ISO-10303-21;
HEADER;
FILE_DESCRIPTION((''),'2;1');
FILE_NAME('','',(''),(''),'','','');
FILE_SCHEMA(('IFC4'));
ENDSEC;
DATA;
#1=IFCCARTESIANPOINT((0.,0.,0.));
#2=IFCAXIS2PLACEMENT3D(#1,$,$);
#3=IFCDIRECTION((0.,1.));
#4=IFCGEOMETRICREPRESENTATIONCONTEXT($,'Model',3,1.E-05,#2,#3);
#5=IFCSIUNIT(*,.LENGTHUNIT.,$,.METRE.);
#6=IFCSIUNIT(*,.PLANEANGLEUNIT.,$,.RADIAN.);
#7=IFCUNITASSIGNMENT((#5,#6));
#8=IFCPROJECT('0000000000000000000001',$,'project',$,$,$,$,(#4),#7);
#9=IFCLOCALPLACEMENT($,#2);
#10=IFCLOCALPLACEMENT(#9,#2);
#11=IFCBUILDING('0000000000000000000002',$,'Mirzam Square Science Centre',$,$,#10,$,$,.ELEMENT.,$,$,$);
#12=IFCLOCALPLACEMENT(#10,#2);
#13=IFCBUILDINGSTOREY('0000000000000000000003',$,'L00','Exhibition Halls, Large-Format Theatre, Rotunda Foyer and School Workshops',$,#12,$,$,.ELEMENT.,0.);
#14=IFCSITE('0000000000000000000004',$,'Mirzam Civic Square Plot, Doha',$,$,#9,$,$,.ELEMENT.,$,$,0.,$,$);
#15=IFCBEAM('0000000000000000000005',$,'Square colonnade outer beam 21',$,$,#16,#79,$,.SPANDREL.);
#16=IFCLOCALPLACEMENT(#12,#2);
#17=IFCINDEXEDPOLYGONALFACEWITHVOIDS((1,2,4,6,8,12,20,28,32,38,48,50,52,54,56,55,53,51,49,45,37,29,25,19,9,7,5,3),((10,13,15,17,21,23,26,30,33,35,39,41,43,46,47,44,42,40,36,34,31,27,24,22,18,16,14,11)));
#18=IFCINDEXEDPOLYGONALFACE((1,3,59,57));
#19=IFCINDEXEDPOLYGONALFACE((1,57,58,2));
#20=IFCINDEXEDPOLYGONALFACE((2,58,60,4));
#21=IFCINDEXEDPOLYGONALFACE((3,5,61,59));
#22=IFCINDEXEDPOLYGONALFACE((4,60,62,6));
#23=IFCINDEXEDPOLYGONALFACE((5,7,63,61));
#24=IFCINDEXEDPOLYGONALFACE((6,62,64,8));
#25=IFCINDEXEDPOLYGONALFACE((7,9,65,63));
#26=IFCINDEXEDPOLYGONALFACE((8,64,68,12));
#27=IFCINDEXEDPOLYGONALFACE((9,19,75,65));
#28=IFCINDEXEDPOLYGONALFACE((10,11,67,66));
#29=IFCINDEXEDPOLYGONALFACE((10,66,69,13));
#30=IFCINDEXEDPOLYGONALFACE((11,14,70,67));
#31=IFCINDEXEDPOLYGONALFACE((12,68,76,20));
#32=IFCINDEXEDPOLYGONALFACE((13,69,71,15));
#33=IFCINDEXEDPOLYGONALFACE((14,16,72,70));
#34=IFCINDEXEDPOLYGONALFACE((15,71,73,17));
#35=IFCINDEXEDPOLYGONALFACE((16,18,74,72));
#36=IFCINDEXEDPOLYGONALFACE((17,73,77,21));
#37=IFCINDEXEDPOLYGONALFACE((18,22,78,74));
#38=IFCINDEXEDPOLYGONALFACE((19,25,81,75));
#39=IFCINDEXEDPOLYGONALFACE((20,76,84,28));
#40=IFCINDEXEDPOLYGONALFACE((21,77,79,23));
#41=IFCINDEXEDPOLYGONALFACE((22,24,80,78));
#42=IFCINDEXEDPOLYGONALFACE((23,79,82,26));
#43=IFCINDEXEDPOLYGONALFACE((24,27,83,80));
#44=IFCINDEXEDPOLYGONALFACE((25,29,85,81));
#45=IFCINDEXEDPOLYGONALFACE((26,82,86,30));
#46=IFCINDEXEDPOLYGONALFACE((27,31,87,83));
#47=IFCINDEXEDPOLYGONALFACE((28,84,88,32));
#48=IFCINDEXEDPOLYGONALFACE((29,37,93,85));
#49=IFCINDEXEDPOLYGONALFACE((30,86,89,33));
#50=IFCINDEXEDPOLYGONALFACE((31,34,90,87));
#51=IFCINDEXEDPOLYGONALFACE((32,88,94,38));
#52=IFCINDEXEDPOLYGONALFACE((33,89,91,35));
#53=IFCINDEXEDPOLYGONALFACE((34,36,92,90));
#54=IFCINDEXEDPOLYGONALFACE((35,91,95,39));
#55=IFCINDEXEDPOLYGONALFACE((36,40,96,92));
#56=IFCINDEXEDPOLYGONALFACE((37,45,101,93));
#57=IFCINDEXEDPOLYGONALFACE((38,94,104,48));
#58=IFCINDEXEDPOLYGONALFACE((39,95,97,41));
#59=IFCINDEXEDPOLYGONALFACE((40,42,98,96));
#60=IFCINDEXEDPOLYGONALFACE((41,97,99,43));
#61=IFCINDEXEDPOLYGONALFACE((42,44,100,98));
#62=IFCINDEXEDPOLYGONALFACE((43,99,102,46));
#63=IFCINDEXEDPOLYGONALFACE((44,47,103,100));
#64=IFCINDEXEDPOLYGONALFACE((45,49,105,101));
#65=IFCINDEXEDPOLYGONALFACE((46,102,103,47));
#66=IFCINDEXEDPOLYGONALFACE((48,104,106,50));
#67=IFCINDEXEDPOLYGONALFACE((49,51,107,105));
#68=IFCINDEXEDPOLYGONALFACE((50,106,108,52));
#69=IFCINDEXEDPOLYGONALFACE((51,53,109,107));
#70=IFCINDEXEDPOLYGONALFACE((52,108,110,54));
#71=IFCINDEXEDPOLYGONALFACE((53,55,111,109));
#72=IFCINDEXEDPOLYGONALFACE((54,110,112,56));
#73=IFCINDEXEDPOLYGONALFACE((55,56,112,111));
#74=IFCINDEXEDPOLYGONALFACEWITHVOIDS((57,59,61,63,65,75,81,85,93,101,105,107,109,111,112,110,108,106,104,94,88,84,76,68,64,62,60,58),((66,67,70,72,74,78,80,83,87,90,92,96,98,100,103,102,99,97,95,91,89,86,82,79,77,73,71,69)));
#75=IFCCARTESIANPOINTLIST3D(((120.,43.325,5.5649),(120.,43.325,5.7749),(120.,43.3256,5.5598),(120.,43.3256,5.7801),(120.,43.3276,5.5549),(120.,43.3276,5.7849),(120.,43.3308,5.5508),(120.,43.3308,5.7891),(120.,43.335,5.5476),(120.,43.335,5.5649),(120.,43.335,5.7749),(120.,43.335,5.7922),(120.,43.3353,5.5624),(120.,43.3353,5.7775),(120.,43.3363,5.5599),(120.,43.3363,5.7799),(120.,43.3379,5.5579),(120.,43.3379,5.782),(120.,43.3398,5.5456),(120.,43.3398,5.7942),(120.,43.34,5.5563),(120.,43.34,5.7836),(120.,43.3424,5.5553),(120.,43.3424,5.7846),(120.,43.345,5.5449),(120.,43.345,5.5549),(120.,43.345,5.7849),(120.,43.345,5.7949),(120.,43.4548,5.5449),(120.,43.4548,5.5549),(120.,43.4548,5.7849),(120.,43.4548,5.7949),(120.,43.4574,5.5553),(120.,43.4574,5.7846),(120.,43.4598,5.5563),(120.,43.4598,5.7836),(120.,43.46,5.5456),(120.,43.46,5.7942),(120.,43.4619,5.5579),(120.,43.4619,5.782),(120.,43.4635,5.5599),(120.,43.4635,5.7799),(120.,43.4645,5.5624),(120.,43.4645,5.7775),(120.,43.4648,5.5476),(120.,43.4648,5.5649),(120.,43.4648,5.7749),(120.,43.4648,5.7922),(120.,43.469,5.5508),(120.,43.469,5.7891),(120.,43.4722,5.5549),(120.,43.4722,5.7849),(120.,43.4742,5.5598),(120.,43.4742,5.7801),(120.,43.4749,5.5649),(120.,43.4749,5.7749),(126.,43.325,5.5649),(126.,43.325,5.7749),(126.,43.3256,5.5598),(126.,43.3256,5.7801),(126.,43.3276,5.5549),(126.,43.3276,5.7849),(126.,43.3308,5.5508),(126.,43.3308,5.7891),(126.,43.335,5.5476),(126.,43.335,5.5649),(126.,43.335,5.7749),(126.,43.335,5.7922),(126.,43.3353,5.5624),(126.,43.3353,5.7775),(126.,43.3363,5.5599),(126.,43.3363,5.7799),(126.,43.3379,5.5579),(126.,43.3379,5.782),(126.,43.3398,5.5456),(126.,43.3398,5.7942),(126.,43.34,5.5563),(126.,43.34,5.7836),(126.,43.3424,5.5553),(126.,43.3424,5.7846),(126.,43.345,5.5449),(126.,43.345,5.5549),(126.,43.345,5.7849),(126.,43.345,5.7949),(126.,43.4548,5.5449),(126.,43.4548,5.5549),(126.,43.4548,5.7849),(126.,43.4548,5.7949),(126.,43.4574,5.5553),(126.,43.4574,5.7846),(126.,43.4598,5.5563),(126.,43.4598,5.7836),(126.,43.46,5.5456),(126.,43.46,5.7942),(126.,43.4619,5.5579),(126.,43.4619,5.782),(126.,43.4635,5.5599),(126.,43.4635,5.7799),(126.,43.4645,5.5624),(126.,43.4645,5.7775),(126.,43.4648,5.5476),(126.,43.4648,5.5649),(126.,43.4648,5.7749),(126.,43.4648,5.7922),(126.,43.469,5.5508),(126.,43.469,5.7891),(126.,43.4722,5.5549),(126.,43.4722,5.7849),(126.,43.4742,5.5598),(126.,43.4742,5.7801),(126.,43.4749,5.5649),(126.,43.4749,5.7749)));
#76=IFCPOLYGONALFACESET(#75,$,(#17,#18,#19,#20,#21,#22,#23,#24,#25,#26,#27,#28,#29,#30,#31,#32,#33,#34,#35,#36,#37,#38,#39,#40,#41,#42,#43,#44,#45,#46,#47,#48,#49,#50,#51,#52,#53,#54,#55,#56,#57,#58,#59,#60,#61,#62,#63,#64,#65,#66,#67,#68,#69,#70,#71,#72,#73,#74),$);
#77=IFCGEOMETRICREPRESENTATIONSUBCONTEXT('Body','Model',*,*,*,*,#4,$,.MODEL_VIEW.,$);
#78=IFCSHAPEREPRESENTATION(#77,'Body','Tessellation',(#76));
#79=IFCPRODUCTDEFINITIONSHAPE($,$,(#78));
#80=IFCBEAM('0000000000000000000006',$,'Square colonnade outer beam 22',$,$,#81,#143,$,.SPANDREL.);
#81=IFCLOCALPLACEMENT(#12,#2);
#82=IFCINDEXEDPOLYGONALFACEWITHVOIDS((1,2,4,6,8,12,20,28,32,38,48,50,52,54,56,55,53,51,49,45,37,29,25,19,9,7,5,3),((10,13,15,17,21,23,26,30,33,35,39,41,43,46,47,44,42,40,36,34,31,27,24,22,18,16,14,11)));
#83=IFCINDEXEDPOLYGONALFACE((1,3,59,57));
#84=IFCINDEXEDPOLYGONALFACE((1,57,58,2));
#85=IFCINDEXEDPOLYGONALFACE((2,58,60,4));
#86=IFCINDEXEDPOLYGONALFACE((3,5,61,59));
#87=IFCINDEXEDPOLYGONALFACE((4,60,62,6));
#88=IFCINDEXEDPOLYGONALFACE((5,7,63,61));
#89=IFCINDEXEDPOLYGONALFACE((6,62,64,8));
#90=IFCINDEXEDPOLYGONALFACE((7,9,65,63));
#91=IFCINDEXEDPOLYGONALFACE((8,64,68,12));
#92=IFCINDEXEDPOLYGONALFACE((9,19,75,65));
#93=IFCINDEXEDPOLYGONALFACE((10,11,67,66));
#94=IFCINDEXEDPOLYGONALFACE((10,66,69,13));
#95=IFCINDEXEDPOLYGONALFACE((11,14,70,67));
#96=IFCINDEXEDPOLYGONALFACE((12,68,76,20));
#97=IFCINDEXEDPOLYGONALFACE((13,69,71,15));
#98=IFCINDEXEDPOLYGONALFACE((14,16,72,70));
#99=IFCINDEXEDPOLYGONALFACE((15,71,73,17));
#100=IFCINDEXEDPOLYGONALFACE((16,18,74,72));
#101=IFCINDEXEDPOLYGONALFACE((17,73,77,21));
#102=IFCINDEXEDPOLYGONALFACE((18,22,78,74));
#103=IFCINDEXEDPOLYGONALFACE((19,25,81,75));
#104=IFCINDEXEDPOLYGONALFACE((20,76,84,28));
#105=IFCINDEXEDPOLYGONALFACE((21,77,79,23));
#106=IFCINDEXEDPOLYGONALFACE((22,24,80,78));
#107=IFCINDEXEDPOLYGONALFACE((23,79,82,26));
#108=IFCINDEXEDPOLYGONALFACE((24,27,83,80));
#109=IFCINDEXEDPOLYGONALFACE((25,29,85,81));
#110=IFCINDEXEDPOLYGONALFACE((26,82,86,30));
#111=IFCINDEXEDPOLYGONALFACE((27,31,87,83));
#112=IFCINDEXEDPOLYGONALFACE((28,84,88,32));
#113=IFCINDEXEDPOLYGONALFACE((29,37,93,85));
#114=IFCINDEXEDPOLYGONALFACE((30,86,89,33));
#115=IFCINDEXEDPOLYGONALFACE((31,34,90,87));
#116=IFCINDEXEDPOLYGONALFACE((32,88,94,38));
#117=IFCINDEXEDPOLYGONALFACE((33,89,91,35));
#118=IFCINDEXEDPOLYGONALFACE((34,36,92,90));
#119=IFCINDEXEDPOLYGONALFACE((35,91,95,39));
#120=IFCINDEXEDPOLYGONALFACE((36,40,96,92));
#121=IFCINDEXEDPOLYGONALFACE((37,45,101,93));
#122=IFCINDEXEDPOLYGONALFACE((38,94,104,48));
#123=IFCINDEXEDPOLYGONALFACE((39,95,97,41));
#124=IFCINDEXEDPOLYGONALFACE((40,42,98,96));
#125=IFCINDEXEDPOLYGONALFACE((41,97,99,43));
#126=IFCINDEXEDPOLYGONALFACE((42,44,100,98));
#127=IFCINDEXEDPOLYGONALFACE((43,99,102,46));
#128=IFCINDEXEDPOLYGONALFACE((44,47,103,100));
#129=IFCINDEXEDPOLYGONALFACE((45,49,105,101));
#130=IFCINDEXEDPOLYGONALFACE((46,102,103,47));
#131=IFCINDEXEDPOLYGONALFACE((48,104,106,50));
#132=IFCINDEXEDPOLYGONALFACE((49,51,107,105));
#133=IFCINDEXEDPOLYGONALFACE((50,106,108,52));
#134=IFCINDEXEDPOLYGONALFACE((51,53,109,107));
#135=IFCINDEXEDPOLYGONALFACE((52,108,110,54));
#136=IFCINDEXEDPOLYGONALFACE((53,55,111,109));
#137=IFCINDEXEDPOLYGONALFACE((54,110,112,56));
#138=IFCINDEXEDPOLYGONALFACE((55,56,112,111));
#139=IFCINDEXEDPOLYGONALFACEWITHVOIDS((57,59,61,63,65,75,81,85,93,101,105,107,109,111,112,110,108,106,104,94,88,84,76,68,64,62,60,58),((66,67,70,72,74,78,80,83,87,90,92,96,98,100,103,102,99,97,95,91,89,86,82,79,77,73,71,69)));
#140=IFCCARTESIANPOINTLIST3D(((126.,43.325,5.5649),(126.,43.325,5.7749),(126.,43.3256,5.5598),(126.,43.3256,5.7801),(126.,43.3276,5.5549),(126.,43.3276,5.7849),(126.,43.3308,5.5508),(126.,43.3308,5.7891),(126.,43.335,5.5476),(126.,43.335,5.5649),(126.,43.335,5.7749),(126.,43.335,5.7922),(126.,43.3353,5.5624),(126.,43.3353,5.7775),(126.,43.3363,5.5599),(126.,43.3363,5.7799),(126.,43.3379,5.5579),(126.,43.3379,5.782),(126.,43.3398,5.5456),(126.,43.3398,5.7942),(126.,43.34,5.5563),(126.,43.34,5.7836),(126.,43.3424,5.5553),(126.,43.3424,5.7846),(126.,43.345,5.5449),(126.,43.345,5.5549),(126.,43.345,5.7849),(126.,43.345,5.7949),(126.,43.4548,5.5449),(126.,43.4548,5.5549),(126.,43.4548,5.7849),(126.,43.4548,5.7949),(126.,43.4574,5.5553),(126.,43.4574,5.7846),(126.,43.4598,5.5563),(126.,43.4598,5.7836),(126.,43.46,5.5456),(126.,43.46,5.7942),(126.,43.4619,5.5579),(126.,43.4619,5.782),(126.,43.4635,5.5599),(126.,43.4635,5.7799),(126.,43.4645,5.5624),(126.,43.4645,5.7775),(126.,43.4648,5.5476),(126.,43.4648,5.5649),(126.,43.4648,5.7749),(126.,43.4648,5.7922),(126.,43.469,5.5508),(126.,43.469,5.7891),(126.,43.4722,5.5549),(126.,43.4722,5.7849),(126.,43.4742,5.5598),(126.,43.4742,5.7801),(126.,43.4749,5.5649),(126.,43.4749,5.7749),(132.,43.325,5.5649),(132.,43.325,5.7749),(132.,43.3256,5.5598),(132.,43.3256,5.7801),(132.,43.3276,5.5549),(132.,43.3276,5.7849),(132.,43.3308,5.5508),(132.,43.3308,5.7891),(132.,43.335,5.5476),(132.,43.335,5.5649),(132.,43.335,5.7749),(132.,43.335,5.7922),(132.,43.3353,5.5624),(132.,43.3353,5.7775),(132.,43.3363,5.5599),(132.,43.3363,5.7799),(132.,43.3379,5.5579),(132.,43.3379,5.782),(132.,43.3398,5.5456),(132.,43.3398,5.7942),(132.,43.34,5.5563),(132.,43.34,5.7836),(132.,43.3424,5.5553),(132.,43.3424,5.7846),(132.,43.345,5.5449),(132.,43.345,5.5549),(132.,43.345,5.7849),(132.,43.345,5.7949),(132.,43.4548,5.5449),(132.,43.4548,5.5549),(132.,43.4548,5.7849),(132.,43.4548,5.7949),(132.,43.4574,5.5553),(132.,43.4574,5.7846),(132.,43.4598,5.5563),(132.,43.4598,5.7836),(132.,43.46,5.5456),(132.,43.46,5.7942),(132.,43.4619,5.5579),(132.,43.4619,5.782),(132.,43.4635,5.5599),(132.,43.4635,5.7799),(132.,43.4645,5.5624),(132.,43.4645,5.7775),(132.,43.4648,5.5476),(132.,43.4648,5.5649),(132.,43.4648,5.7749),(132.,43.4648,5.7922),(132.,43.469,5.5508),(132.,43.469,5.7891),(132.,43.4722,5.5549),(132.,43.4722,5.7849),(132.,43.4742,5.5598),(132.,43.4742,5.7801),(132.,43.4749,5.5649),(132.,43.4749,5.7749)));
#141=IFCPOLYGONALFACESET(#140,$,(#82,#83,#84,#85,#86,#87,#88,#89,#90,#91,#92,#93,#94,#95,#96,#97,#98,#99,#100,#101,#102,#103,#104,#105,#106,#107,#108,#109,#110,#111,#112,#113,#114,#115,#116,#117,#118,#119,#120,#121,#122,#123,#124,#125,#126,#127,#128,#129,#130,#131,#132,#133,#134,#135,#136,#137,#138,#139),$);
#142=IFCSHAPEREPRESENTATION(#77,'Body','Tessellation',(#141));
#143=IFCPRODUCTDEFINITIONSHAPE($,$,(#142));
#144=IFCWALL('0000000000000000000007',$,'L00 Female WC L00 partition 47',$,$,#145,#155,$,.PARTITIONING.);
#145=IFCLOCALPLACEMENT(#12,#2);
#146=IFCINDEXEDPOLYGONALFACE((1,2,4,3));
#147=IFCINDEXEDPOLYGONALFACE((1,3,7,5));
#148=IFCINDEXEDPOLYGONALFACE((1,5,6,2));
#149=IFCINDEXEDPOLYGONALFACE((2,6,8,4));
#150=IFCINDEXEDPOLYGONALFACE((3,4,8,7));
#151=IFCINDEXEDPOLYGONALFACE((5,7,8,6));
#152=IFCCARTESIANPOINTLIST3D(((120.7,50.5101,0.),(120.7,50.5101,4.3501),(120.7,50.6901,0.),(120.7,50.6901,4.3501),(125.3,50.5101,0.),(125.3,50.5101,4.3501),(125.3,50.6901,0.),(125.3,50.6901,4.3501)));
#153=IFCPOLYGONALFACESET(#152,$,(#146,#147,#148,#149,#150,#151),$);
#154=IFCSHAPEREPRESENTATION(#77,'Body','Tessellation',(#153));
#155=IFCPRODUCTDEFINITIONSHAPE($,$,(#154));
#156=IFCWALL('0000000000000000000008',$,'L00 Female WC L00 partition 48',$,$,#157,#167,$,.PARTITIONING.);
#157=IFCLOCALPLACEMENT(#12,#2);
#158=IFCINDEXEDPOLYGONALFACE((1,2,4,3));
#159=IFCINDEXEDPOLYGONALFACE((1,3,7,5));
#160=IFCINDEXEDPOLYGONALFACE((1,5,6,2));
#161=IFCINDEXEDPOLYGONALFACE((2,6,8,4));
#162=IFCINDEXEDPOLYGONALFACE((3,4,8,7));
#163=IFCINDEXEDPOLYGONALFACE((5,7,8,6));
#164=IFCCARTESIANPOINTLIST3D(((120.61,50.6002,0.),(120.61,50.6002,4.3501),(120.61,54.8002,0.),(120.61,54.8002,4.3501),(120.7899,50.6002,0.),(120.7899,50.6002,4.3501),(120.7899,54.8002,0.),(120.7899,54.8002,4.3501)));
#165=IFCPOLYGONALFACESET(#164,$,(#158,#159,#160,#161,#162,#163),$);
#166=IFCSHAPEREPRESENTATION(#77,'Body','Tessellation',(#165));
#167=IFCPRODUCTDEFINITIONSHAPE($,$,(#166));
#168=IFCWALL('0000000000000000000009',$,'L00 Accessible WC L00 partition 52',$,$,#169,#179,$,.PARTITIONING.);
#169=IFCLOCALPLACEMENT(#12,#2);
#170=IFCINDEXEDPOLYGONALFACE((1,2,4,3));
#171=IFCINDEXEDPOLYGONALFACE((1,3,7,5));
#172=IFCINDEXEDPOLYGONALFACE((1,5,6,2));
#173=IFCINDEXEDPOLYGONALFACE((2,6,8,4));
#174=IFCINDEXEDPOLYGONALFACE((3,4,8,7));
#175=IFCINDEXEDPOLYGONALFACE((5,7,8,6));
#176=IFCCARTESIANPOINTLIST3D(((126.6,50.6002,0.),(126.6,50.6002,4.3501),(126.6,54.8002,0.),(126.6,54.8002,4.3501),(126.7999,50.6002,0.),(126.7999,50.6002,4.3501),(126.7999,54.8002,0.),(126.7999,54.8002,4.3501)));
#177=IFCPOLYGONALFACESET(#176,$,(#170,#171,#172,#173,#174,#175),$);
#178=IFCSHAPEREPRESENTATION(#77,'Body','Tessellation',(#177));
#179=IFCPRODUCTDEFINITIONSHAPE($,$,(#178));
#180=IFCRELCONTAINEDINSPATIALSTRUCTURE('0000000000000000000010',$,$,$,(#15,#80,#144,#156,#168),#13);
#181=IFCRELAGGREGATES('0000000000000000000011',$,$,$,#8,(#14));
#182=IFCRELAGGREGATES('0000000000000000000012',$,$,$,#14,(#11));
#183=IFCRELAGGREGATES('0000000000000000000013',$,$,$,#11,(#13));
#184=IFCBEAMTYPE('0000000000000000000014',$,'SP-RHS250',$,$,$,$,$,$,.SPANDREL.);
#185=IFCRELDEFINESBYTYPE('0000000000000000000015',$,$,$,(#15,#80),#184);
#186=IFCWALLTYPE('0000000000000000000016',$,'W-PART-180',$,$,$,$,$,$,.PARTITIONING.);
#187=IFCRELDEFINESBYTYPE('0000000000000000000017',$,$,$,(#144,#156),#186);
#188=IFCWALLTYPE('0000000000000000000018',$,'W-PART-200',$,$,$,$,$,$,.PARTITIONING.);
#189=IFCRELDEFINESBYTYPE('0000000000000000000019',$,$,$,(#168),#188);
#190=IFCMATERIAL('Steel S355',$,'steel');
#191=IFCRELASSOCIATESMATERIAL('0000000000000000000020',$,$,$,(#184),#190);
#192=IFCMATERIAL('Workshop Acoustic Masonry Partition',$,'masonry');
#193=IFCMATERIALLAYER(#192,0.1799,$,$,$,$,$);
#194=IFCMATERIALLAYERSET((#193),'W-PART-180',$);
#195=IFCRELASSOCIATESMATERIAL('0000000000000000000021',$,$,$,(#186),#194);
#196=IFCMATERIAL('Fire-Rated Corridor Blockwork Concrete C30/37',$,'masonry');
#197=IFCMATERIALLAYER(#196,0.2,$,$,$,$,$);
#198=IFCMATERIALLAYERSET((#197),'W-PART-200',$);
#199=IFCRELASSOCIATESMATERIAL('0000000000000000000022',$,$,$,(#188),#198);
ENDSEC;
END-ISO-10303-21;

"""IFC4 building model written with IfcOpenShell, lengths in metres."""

from ifc_helpers import new_model, si_unit, direction, frame, frame_2d, origin, origin_2d, place, context, subcontext, project, spatial, rectangle, hollow_rectangle, extrude, material, layer, layer_set, material_profile, profile_set, type_object, element, save


model = new_model("IFC4")

# Units and contexts
model_context = context("Model", 3, precision=1e-05, world=origin(), true_north=direction((0.0, 1.0)))
body_context = subcontext(model_context, "Body", "Model", "MODEL_VIEW")
ifc_project = project(units=[si_unit("LENGTHUNIT", "METRE"), si_unit("PLANEANGLEUNIT", "RADIAN")], contexts=[model_context])

# Site, building, storey
site_placement = place(None, origin())
site = spatial("IfcSite", under=ifc_project, at=site_placement, Name="Mirzam Civic Square Plot, Doha", CompositionType="ELEMENT", RefElevation=0.0)
building_placement = place(site_placement, origin())
building = spatial("IfcBuilding", under=site, at=building_placement, Name="Mirzam Square Science Centre", CompositionType="ELEMENT")
storey_placement = place(building_placement, origin())
storey = spatial("IfcBuildingStorey", under=building, at=storey_placement, Name="L00", Description="Exhibition Halls, Large-Format Theatre, Rotunda Foyer and School Workshops", CompositionType="ELEMENT", Elevation=0.0)

# Shared definitions
ifc_material_1 = material(Name="Steel S355", Category="steel")

# Beams
ifc_material_profile_1 = material_profile(ifc_material_1, hollow_rectangle(XDim=0.1499, YDim=0.25, WallThickness=0.01, InnerFilletRadius=0.01, OuterFilletRadius=0.02, at=origin_2d()), Name="250x150x10.0RHS")
ifc_profile_set_1 = profile_set([ifc_material_profile_1], Name="Steel S355")
beam_type_1 = type_object("IfcBeamType", Name="SP-RHS250", PredefinedType="SPANDREL", material=ifc_profile_set_1)
for number, where, z_axis, x_axis, name in (
    (1, (120.0, 43.3999, 5.6699), (1.0, 0.0, 0.0), (0.0, 1.0, 0.0), "Square colonnade outer beam 21"),
    (2, (126.0, 43.3999, 5.6699), (1.0, 0.0, 0.0), (0.0, 1.0, 0.0), "Square colonnade outer beam 22"),
):
    element("IfcBeam", number, at=place(storey_placement, frame(where, z_axis=z_axis, x_axis=x_axis)), inside=storey, type_object=beam_type_1, Name=name, PredefinedType="SPANDREL", context=body_context, shape_type="SweptSolid", body=[
        extrude(hollow_rectangle(XDim=0.1499, YDim=0.25, WallThickness=0.01, InnerFilletRadius=0.01, OuterFilletRadius=0.02, at=origin_2d()), origin(), (0.0, 0.0, 1.0), 6.0),
    ])

# Walls
ifc_material_2 = material(Name="Workshop Acoustic Masonry Partition", Category="masonry")
ifc_layer_1 = layer(ifc_material_2, 0.1799)
ifc_layer_set_1 = layer_set([ifc_layer_1], Name="W-PART-180")
wall_type_1 = type_object("IfcWallType", Name="W-PART-180", PredefinedType="PARTITIONING", material=ifc_layer_set_1)
wall_1_placement = place(storey_placement, frame((125.3, 50.6001, 0.0), z_axis=(0.0, 0.0, 1.0), x_axis=(-1.0, 0.0, 0.0)))
element("IfcWall", 3, at=wall_1_placement, inside=storey, type_object=wall_type_1, Name="L00 Female WC L00 partition 47", PredefinedType="PARTITIONING", context=body_context, shape_type="SweptSolid", body=[
    extrude(rectangle(XDim=4.6001, YDim=0.1799, at=frame_2d((2.3, 0.0))), origin(), (0.0, 0.0, 1.0), 4.3501),
])
wall_2_placement = place(storey_placement, frame((120.7, 50.6001, 0.0), z_axis=(0.0, 0.0, 1.0), x_axis=(0.0, 1.0, 0.0)))
element("IfcWall", 4, at=wall_2_placement, inside=storey, type_object=wall_type_1, Name="L00 Female WC L00 partition 48", PredefinedType="PARTITIONING", context=body_context, shape_type="SweptSolid", body=[
    extrude(rectangle(XDim=4.2, YDim=0.1799, at=frame_2d((2.1001, 0.0))), origin(), (0.0, 0.0, 1.0), 4.3501),
])
ifc_material_3 = material(Name="Fire-Rated Corridor Blockwork Concrete C30/37", Category="masonry")
ifc_layer_2 = layer(ifc_material_3, 0.2)
ifc_layer_set_2 = layer_set([ifc_layer_2], Name="W-PART-200")
wall_type_2 = type_object("IfcWallType", Name="W-PART-200", PredefinedType="PARTITIONING", material=ifc_layer_set_2)
wall_3_placement = place(storey_placement, frame((126.7, 50.6001, 0.0), z_axis=(0.0, 0.0, 1.0), x_axis=(0.0, 1.0, 0.0)))
element("IfcWall", 5, at=wall_3_placement, inside=storey, type_object=wall_type_2, Name="L00 Accessible WC L00 partition 52", PredefinedType="PARTITIONING", context=body_context, shape_type="SweptSolid", body=[
    extrude(rectangle(XDim=4.2, YDim=0.2, at=frame_2d((2.1001, 0.0))), origin(), (0.0, 0.0, 1.0), 4.3501),
])

save(model, "model.ifc")
